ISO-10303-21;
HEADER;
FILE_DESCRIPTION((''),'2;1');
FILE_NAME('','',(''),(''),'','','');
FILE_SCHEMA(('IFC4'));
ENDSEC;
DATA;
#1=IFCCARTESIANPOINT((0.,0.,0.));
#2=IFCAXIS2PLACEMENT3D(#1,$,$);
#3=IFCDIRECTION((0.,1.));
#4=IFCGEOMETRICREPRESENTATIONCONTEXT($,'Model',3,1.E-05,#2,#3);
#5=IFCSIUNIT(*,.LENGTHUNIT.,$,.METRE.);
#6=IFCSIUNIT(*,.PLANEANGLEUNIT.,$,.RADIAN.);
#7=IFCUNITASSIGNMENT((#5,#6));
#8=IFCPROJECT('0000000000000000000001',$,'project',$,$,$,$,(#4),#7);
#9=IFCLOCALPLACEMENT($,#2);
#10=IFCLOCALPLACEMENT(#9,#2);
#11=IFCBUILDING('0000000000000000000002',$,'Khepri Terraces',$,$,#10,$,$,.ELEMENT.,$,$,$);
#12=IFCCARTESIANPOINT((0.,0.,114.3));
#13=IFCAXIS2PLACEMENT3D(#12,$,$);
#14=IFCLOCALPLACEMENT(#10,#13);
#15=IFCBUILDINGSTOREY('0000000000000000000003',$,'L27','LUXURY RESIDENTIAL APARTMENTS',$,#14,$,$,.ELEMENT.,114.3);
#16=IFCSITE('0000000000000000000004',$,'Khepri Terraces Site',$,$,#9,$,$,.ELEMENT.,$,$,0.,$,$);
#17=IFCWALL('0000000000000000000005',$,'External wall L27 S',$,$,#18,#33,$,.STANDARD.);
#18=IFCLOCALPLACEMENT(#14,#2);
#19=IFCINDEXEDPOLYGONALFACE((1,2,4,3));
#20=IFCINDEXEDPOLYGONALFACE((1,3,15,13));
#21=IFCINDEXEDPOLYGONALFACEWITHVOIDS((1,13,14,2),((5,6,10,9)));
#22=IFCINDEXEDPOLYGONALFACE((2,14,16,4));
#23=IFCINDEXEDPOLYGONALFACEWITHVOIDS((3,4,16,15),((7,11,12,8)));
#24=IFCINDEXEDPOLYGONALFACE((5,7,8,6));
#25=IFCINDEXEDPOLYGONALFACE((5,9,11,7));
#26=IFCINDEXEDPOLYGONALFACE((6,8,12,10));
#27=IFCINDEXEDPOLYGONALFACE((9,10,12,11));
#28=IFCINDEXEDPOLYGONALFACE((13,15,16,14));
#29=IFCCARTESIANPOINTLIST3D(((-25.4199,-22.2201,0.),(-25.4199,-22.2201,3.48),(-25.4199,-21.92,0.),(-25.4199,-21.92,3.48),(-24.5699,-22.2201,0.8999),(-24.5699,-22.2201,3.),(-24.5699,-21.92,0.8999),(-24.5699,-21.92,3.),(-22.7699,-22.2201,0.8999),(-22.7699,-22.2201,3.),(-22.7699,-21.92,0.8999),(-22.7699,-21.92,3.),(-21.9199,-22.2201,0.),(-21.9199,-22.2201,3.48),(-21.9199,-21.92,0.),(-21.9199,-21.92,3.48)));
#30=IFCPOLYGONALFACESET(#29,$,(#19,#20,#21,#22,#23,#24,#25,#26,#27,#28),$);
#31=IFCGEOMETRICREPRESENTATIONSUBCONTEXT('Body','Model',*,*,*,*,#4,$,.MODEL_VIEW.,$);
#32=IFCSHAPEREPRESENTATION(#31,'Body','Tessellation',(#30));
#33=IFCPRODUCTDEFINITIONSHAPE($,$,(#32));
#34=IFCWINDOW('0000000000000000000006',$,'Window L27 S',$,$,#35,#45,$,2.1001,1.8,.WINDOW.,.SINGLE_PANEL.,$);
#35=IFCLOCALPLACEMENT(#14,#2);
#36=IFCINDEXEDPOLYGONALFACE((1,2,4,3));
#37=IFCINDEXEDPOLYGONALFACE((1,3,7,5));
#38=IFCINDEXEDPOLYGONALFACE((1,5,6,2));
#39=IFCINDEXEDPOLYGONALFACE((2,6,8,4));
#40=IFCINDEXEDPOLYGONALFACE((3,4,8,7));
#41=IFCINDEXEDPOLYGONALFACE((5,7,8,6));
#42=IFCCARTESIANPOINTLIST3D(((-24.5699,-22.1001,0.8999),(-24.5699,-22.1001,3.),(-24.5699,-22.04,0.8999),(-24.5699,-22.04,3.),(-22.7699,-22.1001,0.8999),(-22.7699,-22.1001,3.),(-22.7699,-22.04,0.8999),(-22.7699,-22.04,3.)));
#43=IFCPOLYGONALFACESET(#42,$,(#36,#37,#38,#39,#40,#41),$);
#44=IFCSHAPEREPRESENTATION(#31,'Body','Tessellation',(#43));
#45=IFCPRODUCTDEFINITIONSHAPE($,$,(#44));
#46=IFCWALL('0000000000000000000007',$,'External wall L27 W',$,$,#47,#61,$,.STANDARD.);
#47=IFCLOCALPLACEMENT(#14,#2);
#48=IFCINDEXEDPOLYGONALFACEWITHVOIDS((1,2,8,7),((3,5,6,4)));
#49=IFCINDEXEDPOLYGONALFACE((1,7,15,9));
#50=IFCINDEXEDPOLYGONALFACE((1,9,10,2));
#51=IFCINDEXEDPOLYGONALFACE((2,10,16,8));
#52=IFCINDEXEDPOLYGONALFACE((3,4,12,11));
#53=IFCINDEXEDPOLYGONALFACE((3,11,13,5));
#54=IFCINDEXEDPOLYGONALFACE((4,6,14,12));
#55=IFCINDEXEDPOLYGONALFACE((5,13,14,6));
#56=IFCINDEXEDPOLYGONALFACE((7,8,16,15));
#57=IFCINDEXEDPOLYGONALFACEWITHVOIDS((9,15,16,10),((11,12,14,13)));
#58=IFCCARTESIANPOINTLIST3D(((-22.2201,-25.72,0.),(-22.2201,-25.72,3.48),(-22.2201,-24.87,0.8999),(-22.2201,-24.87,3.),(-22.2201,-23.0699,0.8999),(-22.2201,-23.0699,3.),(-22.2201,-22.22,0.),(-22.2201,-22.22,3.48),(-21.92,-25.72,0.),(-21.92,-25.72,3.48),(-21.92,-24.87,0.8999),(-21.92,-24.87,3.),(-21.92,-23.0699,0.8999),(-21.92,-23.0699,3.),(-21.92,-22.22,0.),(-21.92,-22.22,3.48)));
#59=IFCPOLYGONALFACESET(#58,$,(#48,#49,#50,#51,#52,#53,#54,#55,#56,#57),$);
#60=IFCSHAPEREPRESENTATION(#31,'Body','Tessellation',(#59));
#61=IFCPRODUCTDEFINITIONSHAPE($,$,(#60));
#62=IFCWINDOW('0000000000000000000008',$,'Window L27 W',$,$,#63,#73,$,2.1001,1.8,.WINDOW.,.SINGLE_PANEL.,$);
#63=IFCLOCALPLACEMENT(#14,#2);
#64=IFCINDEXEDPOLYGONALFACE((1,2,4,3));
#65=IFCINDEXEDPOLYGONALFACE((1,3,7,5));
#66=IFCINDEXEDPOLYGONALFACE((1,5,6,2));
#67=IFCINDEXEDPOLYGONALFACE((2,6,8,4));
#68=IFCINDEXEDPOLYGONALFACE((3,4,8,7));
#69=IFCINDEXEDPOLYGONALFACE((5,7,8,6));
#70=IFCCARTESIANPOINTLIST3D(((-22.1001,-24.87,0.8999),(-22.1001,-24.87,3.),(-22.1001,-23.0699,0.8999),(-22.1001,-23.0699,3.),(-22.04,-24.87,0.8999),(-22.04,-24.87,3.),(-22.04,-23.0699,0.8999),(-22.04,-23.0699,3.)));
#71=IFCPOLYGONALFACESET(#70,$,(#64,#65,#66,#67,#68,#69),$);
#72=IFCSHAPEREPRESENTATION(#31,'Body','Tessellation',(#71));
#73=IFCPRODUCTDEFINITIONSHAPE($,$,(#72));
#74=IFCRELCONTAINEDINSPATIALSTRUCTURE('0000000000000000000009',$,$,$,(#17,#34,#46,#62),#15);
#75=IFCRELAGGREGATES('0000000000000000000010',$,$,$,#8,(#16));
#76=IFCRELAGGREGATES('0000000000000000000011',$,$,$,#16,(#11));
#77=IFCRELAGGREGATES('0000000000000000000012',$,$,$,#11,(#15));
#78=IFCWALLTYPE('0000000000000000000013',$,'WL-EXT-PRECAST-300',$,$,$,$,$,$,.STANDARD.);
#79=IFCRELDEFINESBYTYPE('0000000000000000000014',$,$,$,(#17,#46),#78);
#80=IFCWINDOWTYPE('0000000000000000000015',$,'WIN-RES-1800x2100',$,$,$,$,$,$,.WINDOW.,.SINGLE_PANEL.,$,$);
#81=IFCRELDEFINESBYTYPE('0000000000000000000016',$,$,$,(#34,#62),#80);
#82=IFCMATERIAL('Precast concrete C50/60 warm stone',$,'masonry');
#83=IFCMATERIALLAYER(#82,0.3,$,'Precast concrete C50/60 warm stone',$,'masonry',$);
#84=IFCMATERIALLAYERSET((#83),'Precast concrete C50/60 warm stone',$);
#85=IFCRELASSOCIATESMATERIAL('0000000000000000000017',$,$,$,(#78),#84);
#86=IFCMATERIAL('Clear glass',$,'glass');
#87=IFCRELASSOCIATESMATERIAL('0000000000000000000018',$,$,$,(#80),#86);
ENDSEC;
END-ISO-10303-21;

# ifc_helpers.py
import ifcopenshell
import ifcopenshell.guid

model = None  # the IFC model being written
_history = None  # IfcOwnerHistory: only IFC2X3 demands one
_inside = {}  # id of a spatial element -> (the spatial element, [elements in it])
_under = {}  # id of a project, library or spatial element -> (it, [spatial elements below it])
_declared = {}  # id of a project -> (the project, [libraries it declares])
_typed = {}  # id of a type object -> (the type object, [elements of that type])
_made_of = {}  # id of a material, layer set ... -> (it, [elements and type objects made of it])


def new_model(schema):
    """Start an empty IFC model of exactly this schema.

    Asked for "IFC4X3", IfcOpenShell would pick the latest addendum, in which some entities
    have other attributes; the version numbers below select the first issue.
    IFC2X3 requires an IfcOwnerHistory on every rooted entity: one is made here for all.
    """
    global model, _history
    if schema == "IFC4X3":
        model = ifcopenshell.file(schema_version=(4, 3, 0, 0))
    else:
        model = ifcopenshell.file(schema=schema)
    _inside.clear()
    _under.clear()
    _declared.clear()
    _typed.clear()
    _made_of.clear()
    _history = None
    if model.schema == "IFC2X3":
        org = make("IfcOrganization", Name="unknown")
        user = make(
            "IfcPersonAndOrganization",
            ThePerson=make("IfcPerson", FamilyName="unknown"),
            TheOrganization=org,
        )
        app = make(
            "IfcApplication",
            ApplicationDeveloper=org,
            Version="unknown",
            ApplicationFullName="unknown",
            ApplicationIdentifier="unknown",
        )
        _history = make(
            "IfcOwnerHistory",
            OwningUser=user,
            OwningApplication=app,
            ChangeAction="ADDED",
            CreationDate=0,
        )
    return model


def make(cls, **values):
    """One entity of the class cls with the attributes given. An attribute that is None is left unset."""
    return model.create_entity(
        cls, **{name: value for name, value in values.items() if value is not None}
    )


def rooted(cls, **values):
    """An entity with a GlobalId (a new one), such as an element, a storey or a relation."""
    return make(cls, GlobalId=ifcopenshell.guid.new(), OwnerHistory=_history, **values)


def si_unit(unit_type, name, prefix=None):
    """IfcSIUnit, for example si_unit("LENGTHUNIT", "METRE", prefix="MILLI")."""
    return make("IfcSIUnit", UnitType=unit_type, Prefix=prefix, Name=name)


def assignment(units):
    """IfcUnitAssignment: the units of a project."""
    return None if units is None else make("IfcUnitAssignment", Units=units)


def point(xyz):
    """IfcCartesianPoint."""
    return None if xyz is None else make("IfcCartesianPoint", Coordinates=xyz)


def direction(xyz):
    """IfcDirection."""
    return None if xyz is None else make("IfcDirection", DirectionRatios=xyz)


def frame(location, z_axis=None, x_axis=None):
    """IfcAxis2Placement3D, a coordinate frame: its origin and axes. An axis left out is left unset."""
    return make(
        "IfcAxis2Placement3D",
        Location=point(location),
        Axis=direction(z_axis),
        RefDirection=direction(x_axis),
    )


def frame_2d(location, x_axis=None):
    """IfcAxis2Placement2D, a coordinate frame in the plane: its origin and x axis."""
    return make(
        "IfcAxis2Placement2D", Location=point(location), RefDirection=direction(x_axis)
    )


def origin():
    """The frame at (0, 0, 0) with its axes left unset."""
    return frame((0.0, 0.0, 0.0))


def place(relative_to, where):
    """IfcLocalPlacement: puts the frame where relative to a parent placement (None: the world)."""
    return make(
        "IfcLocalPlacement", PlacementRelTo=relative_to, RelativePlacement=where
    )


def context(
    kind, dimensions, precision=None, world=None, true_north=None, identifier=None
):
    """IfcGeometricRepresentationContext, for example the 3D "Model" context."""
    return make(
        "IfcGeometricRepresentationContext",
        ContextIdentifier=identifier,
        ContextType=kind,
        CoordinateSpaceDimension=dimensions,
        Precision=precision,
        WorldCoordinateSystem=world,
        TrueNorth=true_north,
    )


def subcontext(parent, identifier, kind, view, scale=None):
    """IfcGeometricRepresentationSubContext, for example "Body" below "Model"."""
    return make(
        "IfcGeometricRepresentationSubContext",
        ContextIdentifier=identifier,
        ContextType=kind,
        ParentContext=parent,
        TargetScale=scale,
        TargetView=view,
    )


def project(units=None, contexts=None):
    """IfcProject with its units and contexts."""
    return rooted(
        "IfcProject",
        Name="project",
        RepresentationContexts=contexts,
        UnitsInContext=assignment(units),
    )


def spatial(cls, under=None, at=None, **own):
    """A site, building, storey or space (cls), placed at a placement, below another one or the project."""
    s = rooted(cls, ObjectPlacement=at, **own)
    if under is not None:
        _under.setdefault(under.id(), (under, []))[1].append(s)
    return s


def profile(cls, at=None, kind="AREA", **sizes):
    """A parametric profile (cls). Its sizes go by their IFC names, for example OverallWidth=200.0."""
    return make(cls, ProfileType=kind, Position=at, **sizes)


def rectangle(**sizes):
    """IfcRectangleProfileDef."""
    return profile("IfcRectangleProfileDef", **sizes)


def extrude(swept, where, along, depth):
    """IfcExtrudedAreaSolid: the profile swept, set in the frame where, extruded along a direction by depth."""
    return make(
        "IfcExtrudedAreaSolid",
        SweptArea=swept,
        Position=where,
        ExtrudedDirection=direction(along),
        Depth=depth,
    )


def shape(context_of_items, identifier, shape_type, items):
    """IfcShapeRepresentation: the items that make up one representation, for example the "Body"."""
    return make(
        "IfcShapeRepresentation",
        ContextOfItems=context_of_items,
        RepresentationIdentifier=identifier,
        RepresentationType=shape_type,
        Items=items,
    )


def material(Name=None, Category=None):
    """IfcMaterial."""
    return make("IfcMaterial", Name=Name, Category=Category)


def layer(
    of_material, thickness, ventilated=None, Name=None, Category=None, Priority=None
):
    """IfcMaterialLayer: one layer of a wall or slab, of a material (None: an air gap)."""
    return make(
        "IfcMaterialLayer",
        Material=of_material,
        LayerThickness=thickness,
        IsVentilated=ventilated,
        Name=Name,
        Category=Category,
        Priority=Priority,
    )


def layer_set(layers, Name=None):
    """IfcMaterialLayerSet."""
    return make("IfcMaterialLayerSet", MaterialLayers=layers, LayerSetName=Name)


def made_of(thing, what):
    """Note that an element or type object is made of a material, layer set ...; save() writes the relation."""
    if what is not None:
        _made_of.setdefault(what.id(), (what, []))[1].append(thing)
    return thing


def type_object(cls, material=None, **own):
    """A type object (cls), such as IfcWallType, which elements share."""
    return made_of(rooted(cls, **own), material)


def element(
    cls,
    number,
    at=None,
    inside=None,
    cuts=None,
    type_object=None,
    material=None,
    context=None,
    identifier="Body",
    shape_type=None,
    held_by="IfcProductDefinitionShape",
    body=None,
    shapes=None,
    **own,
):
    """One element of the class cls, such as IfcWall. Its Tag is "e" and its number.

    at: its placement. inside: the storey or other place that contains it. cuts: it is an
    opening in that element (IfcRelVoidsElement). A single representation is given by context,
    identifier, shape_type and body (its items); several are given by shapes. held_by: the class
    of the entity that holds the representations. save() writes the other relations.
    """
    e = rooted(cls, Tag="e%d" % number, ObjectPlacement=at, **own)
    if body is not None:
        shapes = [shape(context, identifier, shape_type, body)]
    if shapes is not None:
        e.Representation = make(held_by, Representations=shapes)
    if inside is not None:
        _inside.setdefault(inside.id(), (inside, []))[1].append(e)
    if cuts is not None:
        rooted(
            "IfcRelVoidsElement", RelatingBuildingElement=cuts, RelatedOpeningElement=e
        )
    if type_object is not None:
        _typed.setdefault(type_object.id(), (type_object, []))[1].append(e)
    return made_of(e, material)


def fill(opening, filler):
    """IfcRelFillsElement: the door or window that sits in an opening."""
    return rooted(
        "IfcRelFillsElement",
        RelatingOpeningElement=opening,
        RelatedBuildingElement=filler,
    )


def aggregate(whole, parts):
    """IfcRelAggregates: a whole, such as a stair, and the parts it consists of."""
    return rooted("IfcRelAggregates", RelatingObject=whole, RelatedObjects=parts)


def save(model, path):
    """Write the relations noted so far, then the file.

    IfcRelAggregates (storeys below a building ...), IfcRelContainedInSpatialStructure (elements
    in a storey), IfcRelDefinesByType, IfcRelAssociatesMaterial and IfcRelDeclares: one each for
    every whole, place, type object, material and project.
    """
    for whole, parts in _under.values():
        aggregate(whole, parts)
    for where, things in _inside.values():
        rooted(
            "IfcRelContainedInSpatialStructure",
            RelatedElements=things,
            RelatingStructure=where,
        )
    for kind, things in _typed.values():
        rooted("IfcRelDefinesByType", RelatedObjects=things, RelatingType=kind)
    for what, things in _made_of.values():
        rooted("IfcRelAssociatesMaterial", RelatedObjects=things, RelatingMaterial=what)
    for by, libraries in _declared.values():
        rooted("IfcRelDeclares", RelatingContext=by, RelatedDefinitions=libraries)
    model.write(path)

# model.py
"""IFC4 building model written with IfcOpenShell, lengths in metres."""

from ifc_helpers import new_model, si_unit, direction, frame, frame_2d, origin, place, context, subcontext, project, spatial, rectangle, extrude, material, layer, layer_set, type_object, element, fill, save


model = new_model("IFC4")

# Units and contexts
model_context = context("Model", 3, precision=1e-05, world=origin(), true_north=direction((0.0, 1.0)))
body_context = subcontext(model_context, "Body", "Model", "MODEL_VIEW")
ifc_project = project(units=[si_unit("LENGTHUNIT", "METRE"), si_unit("PLANEANGLEUNIT", "RADIAN")], contexts=[model_context])

# Site, building, storey
site_placement = place(None, origin())
site = spatial("IfcSite", under=ifc_project, at=site_placement, Name="Khepri Terraces Site", CompositionType="ELEMENT", RefElevation=0.0)
building_placement = place(site_placement, origin())
building = spatial("IfcBuilding", under=site, at=building_placement, Name="Khepri Terraces", CompositionType="ELEMENT")
storey_placement = place(building_placement, frame((0.0, 0.0, 114.3)))
storey = spatial("IfcBuildingStorey", under=building, at=storey_placement, Name="L27", Description="LUXURY RESIDENTIAL APARTMENTS", CompositionType="ELEMENT", Elevation=114.3)

# Walls, openings, windows
ifc_material_1 = material(Name="Precast concrete C50/60 warm stone", Category="masonry")
ifc_layer_1 = layer(ifc_material_1, 0.3, Name="Precast concrete C50/60 warm stone", Category="masonry")
ifc_layer_set_1 = layer_set([ifc_layer_1], Name="Precast concrete C50/60 warm stone")
wall_type_1 = type_object("IfcWallType", Name="WL-EXT-PRECAST-300", PredefinedType="STANDARD", material=ifc_layer_set_1)
wall_1_placement = place(storey_placement, frame((-25.4199, -22.0701, 0.0), z_axis=(0.0, 0.0, 1.0), x_axis=(1.0, 0.0, 0.0)))
wall_1 = element("IfcWall", 1, at=wall_1_placement, inside=storey, type_object=wall_type_1, Name="External wall L27 S", PredefinedType="STANDARD", context=body_context, shape_type="SweptSolid", body=[
    extrude(rectangle(XDim=3.5, YDim=0.3, at=frame_2d((1.75, 0.0))), origin(), (0.0, 0.0, 1.0), 3.48),
])
opening_1_placement = place(wall_1_placement, frame((0.8501, 0.0, 0.8999)))
opening_1 = element("IfcOpeningElement", 2, at=opening_1_placement, cuts=wall_1, PredefinedType="OPENING", context=body_context, shape_type="SweptSolid", body=[
    extrude(rectangle(XDim=1.8, YDim=2.1001, at=frame_2d((0.8999, 1.05))), frame((0.0, 0.1602, 0.0), z_axis=(0.0, -1.0, 0.0), x_axis=(1.0, 0.0, 0.0)), (0.0, 0.0, 1.0), 0.3201),
])
ifc_material_2 = material(Name="Clear glass", Category="glass")
window_type = type_object("IfcWindowType", Name="WIN-RES-1800x2100", PartitioningType="SINGLE_PANEL", PredefinedType="WINDOW", material=ifc_material_2)
window_1_placement = place(opening_1_placement, origin())
window_1 = element("IfcWindow", 3, at=window_1_placement, inside=storey, type_object=window_type, Name="Window L27 S", OverallHeight=2.1001, OverallWidth=1.8, PartitioningType="SINGLE_PANEL", PredefinedType="WINDOW", context=body_context, shape_type="SweptSolid", body=[
    extrude(rectangle(XDim=1.8, YDim=2.1001, at=frame_2d((0.8999, 1.05))), frame((0.0, 0.03, 0.0), z_axis=(0.0, -1.0, 0.0), x_axis=(1.0, 0.0, 0.0)), (0.0, 0.0, 1.0), 0.0601),
])
fill(opening_1, window_1)
wall_2_placement = place(storey_placement, frame((-22.0701, -22.22, 0.0), z_axis=(0.0, 0.0, 1.0), x_axis=(0.0, -1.0, 0.0)))
wall_2 = element("IfcWall", 4, at=wall_2_placement, inside=storey, type_object=wall_type_1, Name="External wall L27 W", PredefinedType="STANDARD", context=body_context, shape_type="SweptSolid", body=[
    extrude(rectangle(XDim=3.5, YDim=0.3, at=frame_2d((1.75, 0.0))), origin(), (0.0, 0.0, 1.0), 3.48),
])
opening_2_placement = place(wall_2_placement, frame((0.8501, 0.0, 0.8999)))
opening_2 = element("IfcOpeningElement", 5, at=opening_2_placement, cuts=wall_2, PredefinedType="OPENING", context=body_context, shape_type="SweptSolid", body=[
    extrude(rectangle(XDim=1.8, YDim=2.1001, at=frame_2d((0.8999, 1.05))), frame((0.0, 0.1602, 0.0), z_axis=(0.0, -1.0, 0.0), x_axis=(1.0, 0.0, 0.0)), (0.0, 0.0, 1.0), 0.3201),
])
window_2_placement = place(opening_2_placement, origin())
window_2 = element("IfcWindow", 6, at=window_2_placement, inside=storey, type_object=window_type, Name="Window L27 W", OverallHeight=2.1001, OverallWidth=1.8, PartitioningType="SINGLE_PANEL", PredefinedType="WINDOW", context=body_context, shape_type="SweptSolid", body=[
    extrude(rectangle(XDim=1.8, YDim=2.1001, at=frame_2d((0.8999, 1.05))), frame((0.0, 0.03, 0.0), z_axis=(0.0, -1.0, 0.0), x_axis=(1.0, 0.0, 0.0)), (0.0, 0.0, 1.0), 0.0601),
])
fill(opening_2, window_2)

save(model, "model.ifc")
